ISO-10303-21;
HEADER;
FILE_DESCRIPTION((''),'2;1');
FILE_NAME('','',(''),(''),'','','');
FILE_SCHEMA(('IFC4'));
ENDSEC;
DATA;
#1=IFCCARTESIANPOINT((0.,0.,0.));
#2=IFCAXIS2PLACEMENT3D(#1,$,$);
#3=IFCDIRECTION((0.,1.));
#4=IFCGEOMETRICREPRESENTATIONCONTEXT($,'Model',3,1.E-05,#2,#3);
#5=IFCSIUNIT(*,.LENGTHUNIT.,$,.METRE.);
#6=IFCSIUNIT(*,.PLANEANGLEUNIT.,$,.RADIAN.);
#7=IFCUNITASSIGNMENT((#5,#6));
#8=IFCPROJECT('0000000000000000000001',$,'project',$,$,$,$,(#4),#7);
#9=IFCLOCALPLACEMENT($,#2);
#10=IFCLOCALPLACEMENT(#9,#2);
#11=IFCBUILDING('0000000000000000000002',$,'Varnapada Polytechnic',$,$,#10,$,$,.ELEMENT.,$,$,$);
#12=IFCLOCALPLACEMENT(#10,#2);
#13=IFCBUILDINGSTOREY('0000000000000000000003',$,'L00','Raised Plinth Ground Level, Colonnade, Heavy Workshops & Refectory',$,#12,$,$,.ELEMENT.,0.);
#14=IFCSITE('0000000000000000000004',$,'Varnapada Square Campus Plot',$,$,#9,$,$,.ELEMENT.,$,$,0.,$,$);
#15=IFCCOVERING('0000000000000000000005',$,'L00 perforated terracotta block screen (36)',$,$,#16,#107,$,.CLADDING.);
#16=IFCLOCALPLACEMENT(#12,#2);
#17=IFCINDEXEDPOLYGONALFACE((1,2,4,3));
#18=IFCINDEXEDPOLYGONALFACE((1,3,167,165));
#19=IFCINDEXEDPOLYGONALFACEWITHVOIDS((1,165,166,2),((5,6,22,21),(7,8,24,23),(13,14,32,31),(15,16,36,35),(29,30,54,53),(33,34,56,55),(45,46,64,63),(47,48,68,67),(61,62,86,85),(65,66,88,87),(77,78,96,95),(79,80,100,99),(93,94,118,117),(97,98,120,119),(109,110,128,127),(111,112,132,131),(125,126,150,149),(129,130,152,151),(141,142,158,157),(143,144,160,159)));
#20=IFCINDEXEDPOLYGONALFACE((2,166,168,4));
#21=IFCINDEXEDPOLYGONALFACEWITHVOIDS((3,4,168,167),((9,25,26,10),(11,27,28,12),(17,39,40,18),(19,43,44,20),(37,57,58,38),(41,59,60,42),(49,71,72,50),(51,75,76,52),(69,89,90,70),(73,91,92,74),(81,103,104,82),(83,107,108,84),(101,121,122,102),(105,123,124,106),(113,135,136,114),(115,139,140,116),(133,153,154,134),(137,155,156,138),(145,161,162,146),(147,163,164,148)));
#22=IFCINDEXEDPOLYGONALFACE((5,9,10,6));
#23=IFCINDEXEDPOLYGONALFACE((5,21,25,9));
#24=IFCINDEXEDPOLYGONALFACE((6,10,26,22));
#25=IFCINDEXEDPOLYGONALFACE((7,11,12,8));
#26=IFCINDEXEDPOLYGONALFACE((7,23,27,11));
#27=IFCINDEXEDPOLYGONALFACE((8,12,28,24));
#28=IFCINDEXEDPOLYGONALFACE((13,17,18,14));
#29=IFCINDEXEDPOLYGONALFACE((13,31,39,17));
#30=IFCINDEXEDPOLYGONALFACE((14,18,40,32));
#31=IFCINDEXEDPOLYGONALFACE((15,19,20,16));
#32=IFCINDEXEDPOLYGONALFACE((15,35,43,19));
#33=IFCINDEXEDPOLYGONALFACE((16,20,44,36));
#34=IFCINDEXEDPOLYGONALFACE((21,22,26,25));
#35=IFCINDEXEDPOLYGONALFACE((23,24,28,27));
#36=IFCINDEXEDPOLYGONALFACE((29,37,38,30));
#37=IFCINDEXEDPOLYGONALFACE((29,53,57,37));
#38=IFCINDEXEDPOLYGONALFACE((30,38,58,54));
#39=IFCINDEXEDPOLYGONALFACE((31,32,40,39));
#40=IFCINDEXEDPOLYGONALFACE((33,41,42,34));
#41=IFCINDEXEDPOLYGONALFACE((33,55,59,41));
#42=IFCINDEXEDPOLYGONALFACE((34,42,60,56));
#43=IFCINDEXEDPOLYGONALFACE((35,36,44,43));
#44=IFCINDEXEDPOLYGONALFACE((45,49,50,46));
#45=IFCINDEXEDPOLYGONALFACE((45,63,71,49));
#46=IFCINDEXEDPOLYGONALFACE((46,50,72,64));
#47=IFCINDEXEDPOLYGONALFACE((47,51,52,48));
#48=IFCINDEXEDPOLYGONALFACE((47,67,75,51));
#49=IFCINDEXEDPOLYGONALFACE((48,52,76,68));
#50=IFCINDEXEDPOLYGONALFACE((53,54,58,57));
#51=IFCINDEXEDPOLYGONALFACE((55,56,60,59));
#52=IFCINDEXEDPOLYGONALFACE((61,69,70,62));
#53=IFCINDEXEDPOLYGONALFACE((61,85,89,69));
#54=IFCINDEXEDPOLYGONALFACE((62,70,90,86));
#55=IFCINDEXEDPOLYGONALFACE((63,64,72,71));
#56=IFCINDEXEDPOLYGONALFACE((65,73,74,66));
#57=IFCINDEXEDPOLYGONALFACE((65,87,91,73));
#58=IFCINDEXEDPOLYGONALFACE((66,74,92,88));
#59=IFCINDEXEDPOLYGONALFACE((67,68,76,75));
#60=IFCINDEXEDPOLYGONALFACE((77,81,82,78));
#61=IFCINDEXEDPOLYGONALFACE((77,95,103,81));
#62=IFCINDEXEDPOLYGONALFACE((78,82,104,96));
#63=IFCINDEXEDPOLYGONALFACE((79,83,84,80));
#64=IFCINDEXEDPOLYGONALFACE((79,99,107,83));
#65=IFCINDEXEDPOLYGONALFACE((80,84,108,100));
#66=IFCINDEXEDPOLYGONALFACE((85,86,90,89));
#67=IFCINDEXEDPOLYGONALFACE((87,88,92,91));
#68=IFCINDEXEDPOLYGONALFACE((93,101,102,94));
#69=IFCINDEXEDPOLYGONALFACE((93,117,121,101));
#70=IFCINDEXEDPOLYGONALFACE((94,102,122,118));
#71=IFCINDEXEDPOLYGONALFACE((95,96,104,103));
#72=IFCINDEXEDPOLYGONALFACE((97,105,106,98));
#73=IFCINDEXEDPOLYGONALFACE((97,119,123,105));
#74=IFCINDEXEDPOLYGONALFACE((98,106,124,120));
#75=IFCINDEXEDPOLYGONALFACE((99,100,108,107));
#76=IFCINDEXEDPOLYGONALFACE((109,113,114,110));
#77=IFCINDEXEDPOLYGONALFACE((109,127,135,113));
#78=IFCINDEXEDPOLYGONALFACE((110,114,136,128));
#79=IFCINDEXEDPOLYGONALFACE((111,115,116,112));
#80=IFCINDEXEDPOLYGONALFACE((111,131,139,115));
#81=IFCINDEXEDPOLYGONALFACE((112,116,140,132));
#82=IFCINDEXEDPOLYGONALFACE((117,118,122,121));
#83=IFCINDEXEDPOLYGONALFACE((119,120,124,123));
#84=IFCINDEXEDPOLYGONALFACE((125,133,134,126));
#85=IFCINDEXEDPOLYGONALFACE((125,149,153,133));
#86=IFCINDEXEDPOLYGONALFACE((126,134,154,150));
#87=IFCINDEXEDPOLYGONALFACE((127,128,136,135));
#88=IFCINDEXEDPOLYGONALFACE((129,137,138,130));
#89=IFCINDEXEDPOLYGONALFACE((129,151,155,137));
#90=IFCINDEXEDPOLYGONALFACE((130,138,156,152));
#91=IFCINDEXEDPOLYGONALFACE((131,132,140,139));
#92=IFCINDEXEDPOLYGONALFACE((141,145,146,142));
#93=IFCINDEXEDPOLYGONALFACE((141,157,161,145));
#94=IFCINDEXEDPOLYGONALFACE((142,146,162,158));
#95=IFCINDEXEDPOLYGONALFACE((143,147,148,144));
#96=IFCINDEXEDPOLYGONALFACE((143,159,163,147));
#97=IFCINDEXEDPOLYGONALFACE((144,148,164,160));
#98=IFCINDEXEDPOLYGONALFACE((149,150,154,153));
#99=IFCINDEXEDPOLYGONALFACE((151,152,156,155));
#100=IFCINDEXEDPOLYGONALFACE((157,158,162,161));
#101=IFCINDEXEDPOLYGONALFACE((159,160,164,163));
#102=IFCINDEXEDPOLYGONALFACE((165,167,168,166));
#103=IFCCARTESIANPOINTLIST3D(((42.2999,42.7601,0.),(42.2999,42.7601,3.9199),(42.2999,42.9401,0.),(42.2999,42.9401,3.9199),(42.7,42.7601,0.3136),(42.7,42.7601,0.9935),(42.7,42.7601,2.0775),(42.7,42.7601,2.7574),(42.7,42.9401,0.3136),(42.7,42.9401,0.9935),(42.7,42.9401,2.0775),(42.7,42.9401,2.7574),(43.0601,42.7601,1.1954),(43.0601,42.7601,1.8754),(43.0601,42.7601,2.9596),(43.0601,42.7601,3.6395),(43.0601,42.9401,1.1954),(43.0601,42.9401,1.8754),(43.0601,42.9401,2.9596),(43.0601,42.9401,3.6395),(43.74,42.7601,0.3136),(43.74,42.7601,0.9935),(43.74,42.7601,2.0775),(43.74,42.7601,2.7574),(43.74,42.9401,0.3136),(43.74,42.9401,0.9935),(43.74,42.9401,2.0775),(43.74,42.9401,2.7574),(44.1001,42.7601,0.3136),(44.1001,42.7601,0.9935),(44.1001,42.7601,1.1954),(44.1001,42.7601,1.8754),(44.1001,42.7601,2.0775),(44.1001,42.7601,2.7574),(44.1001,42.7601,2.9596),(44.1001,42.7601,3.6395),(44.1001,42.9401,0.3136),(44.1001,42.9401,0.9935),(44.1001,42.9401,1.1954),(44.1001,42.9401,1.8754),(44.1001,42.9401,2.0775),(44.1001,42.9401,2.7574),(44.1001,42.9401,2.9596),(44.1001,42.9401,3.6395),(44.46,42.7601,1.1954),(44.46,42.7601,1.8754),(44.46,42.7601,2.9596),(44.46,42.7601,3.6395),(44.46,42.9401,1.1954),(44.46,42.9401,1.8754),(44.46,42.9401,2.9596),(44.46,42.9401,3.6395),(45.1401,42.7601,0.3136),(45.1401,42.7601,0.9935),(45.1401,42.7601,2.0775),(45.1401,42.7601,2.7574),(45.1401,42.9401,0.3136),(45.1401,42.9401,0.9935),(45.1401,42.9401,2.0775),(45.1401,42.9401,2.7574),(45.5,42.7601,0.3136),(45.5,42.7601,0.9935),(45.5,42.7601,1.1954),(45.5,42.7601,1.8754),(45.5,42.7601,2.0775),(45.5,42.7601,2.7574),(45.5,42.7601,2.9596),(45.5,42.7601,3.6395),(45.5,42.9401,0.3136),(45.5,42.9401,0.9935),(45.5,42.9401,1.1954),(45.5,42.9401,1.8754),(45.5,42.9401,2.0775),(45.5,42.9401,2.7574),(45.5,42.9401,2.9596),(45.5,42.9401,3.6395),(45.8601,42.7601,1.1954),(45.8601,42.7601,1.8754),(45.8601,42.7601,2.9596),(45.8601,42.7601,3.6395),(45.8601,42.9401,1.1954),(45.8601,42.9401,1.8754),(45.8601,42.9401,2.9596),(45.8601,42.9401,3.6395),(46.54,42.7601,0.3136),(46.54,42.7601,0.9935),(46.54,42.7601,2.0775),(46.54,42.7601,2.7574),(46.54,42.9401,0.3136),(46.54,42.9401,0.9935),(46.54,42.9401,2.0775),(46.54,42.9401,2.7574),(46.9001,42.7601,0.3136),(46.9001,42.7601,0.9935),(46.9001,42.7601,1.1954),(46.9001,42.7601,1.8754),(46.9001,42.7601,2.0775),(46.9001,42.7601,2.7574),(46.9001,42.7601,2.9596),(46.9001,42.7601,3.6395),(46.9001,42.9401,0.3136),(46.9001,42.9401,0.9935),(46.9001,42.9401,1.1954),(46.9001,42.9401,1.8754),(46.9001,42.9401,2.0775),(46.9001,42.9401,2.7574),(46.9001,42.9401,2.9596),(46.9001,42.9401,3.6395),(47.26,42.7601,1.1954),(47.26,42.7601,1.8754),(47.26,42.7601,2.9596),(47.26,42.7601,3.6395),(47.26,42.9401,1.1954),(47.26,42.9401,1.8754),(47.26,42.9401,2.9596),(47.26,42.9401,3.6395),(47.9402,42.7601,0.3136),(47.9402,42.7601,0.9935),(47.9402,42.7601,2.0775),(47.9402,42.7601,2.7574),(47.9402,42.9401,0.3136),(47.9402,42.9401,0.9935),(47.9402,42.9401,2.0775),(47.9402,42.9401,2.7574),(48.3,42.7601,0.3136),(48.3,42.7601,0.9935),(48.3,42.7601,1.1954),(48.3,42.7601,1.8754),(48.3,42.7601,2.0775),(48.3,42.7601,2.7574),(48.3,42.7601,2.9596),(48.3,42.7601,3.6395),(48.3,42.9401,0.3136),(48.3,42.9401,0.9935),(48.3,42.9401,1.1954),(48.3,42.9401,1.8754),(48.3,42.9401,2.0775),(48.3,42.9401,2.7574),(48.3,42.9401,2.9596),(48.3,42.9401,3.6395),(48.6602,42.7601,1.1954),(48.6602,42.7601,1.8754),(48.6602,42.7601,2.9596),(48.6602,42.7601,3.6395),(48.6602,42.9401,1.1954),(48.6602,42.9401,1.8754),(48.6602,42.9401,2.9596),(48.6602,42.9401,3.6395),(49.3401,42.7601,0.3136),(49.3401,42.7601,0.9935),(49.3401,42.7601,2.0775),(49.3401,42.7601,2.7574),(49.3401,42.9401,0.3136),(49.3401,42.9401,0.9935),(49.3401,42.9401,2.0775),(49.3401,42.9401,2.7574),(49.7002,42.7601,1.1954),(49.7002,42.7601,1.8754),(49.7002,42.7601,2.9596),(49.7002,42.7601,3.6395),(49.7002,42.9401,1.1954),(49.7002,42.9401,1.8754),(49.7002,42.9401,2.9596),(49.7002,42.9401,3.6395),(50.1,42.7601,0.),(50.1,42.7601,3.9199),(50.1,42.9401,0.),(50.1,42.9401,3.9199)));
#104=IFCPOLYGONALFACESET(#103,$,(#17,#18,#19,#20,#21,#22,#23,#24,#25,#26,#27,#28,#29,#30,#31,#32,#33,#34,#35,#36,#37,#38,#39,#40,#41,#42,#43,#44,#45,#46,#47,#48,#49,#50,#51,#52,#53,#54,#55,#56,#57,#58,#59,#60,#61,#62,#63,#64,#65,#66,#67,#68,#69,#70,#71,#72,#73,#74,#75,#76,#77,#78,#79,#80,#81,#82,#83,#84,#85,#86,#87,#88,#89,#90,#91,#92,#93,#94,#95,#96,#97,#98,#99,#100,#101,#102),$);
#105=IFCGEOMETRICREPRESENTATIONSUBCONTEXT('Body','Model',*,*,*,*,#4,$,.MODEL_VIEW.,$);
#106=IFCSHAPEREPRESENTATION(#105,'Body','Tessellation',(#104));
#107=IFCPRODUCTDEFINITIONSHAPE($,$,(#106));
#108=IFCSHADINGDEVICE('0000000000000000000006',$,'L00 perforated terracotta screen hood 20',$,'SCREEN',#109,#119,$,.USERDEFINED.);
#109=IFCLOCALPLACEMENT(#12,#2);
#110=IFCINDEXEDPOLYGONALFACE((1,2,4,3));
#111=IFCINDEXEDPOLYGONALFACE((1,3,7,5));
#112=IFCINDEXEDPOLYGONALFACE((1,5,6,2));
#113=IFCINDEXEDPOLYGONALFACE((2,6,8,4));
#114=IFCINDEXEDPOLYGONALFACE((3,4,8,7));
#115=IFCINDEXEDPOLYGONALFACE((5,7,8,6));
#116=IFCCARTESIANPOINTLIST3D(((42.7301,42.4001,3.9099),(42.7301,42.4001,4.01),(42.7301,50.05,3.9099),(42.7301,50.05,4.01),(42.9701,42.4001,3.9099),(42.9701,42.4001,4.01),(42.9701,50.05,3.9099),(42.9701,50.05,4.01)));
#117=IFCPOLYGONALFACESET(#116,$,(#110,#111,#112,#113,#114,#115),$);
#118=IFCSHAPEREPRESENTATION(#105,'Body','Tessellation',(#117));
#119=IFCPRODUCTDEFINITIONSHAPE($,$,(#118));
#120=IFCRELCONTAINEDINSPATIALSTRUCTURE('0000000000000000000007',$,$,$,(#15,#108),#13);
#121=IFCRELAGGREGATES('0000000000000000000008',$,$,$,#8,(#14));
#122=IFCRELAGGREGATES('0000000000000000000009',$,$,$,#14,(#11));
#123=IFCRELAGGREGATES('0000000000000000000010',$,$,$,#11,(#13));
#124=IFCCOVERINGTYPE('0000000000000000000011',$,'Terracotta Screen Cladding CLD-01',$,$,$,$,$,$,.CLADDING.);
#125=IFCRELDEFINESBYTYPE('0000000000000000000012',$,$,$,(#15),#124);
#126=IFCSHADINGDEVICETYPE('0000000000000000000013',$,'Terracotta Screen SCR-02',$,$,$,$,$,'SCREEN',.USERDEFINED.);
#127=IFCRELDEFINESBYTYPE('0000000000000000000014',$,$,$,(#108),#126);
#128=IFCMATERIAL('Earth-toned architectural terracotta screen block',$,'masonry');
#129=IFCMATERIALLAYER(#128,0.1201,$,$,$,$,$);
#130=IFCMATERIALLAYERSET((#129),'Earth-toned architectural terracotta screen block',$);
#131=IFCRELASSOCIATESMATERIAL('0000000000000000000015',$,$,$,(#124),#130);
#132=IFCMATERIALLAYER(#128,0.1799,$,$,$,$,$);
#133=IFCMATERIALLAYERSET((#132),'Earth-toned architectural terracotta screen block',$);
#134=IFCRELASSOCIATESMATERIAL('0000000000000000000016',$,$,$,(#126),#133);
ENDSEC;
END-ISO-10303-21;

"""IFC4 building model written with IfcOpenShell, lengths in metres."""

from ifc_helpers import new_model, si_unit, direction, frame, frame_2d, origin, origin_2d, place, context, subcontext, project, spatial, rectangle, extrude, material, layer, layer_set, type_object, element, save


model = new_model("IFC4")

# Units and contexts
model_context = context("Model", 3, precision=1e-05, world=origin(), true_north=direction((0.0, 1.0)))
body_context = subcontext(model_context, "Body", "Model", "MODEL_VIEW")
ifc_project = project(units=[si_unit("LENGTHUNIT", "METRE"), si_unit("PLANEANGLEUNIT", "RADIAN")], contexts=[model_context])

# Site, building, storey
site_placement = place(None, origin())
site = spatial("IfcSite", under=ifc_project, at=site_placement, Name="Varnapada Square Campus Plot", CompositionType="ELEMENT", RefElevation=0.0)
building_placement = place(site_placement, origin())
building = spatial("IfcBuilding", under=site, at=building_placement, Name="Varnapada Polytechnic", CompositionType="ELEMENT")
storey_placement = place(building_placement, origin())
storey = spatial("IfcBuildingStorey", under=building, at=storey_placement, Name="L00", Description="Raised Plinth Ground Level, Colonnade, Heavy Workshops & Refectory", CompositionType="ELEMENT", Elevation=0.0)

# Covering, openings
ifc_material_1 = material(Name="Earth-toned architectural terracotta screen block", Category="masonry")
ifc_layer_1 = layer(ifc_material_1, 0.1201)
ifc_layer_set_1 = layer_set([ifc_layer_1], Name="Earth-toned architectural terracotta screen block")
covering_type = type_object("IfcCoveringType", Name="Terracotta Screen Cladding CLD-01", PredefinedType="CLADDING", material=ifc_layer_set_1)
covering_placement = place(storey_placement, frame((42.3, 42.8501, 0.0), z_axis=(0.0, 0.0, 1.0), x_axis=(1.0, 0.0, 0.0)))
covering = element("IfcCovering", 1, at=covering_placement, inside=storey, type_object=covering_type, Name="L00 perforated terracotta block screen (36)", PredefinedType="CLADDING", context=body_context, shape_type="SweptSolid", body=[
    extrude(rectangle(XDim=7.8, YDim=0.1799, at=frame_2d((3.8999, 0.0))), origin(), (0.0, 0.0, 1.0), 3.9199),
])
opening_1_placement = place(covering_placement, frame((0.3999, 0.0, 0.3137)))
element("IfcOpeningElement", 2, at=opening_1_placement, cuts=covering, PredefinedType="OPENING", context=body_context, shape_type="SweptSolid", body=[
    extrude(rectangle(XDim=1.04, YDim=0.6799, at=frame_2d((0.52, 0.3398))), frame((0.0, 0.0999, 0.0), z_axis=(0.0, -1.0, 0.0), x_axis=(1.0, 0.0, 0.0)), (0.0, 0.0, 1.0), 0.2),
])
opening_2_placement = place(covering_placement, frame((1.8, 0.0, 0.3137)))
element("IfcOpeningElement", 3, at=opening_2_placement, cuts=covering, PredefinedType="OPENING", context=body_context, shape_type="SweptSolid", body=[
    extrude(rectangle(XDim=1.04, YDim=0.6799, at=frame_2d((0.52, 0.3398))), frame((0.0, 0.0999, 0.0), z_axis=(0.0, -1.0, 0.0), x_axis=(1.0, 0.0, 0.0)), (0.0, 0.0, 1.0), 0.2),
])
opening_3_placement = place(covering_placement, frame((3.2, 0.0, 0.3137)))
element("IfcOpeningElement", 4, at=opening_3_placement, cuts=covering, PredefinedType="OPENING", context=body_context, shape_type="SweptSolid", body=[
    extrude(rectangle(XDim=1.04, YDim=0.6799, at=frame_2d((0.52, 0.3398))), frame((0.0, 0.0999, 0.0), z_axis=(0.0, -1.0, 0.0), x_axis=(1.0, 0.0, 0.0)), (0.0, 0.0, 1.0), 0.2),
])
opening_4_placement = place(covering_placement, frame((4.6001, 0.0, 0.3137)))
element("IfcOpeningElement", 5, at=opening_4_placement, cuts=covering, PredefinedType="OPENING", context=body_context, shape_type="SweptSolid", body=[
    extrude(rectangle(XDim=1.04, YDim=0.6799, at=frame_2d((0.52, 0.3398))), frame((0.0, 0.0999, 0.0), z_axis=(0.0, -1.0, 0.0), x_axis=(1.0, 0.0, 0.0)), (0.0, 0.0, 1.0), 0.2),
])
opening_5_placement = place(covering_placement, frame((6.0, 0.0, 0.3137)))
element("IfcOpeningElement", 6, at=opening_5_placement, cuts=covering, PredefinedType="OPENING", context=body_context, shape_type="SweptSolid", body=[
    extrude(rectangle(XDim=1.04, YDim=0.6799, at=frame_2d((0.52, 0.3398))), frame((0.0, 0.0999, 0.0), z_axis=(0.0, -1.0, 0.0), x_axis=(1.0, 0.0, 0.0)), (0.0, 0.0, 1.0), 0.2),
])
opening_6_placement = place(covering_placement, frame((0.76, 0.0, 1.1956)))
element("IfcOpeningElement", 7, at=opening_6_placement, cuts=covering, PredefinedType="OPENING", context=body_context, shape_type="SweptSolid", body=[
    extrude(rectangle(XDim=1.04, YDim=0.6799, at=frame_2d((0.52, 0.3398))), frame((0.0, 0.0999, 0.0), z_axis=(0.0, -1.0, 0.0), x_axis=(1.0, 0.0, 0.0)), (0.0, 0.0, 1.0), 0.2),
])
opening_7_placement = place(covering_placement, frame((2.1599, 0.0, 1.1956)))
element("IfcOpeningElement", 8, at=opening_7_placement, cuts=covering, PredefinedType="OPENING", context=body_context, shape_type="SweptSolid", body=[
    extrude(rectangle(XDim=1.04, YDim=0.6799, at=frame_2d((0.52, 0.3398))), frame((0.0, 0.0999, 0.0), z_axis=(0.0, -1.0, 0.0), x_axis=(1.0, 0.0, 0.0)), (0.0, 0.0, 1.0), 0.2),
])
opening_8_placement = place(covering_placement, frame((3.5601, 0.0, 1.1956)))
element("IfcOpeningElement", 9, at=opening_8_placement, cuts=covering, PredefinedType="OPENING", context=body_context, shape_type="SweptSolid", body=[
    extrude(rectangle(XDim=1.04, YDim=0.6799, at=frame_2d((0.52, 0.3398))), frame((0.0, 0.0999, 0.0), z_axis=(0.0, -1.0, 0.0), x_axis=(1.0, 0.0, 0.0)), (0.0, 0.0, 1.0), 0.2),
])
opening_9_placement = place(covering_placement, frame((4.96, 0.0, 1.1956)))
element("IfcOpeningElement", 10, at=opening_9_placement, cuts=covering, PredefinedType="OPENING", context=body_context, shape_type="SweptSolid", body=[
    extrude(rectangle(XDim=1.04, YDim=0.6799, at=frame_2d((0.52, 0.3398))), frame((0.0, 0.0999, 0.0), z_axis=(0.0, -1.0, 0.0), x_axis=(1.0, 0.0, 0.0)), (0.0, 0.0, 1.0), 0.2),
])
opening_10_placement = place(covering_placement, frame((6.3601, 0.0, 1.1956)))
element("IfcOpeningElement", 11, at=opening_10_placement, cuts=covering, PredefinedType="OPENING", context=body_context, shape_type="SweptSolid", body=[
    extrude(rectangle(XDim=1.04, YDim=0.6799, at=frame_2d((0.52, 0.3398))), frame((0.0, 0.0999, 0.0), z_axis=(0.0, -1.0, 0.0), x_axis=(1.0, 0.0, 0.0)), (0.0, 0.0, 1.0), 0.2),
])
opening_11_placement = place(covering_placement, frame((0.3999, 0.0, 2.0776)))
element("IfcOpeningElement", 12, at=opening_11_placement, cuts=covering, PredefinedType="OPENING", context=body_context, shape_type="SweptSolid", body=[
    extrude(rectangle(XDim=1.04, YDim=0.6799, at=frame_2d((0.52, 0.3398))), frame((0.0, 0.0999, 0.0), z_axis=(0.0, -1.0, 0.0), x_axis=(1.0, 0.0, 0.0)), (0.0, 0.0, 1.0), 0.2),
])
opening_12_placement = place(covering_placement, frame((1.8, 0.0, 2.0776)))
element("IfcOpeningElement", 13, at=opening_12_placement, cuts=covering, PredefinedType="OPENING", context=body_context, shape_type="SweptSolid", body=[
    extrude(rectangle(XDim=1.04, YDim=0.6799, at=frame_2d((0.52, 0.3398))), frame((0.0, 0.0999, 0.0), z_axis=(0.0, -1.0, 0.0), x_axis=(1.0, 0.0, 0.0)), (0.0, 0.0, 1.0), 0.2),
])
opening_13_placement = place(covering_placement, frame((3.2, 0.0, 2.0776)))
element("IfcOpeningElement", 14, at=opening_13_placement, cuts=covering, PredefinedType="OPENING", context=body_context, shape_type="SweptSolid", body=[
    extrude(rectangle(XDim=1.04, YDim=0.6799, at=frame_2d((0.52, 0.3398))), frame((0.0, 0.0999, 0.0), z_axis=(0.0, -1.0, 0.0), x_axis=(1.0, 0.0, 0.0)), (0.0, 0.0, 1.0), 0.2),
])
opening_14_placement = place(covering_placement, frame((4.6001, 0.0, 2.0776)))
element("IfcOpeningElement", 15, at=opening_14_placement, cuts=covering, PredefinedType="OPENING", context=body_context, shape_type="SweptSolid", body=[
    extrude(rectangle(XDim=1.04, YDim=0.6799, at=frame_2d((0.52, 0.3398))), frame((0.0, 0.0999, 0.0), z_axis=(0.0, -1.0, 0.0), x_axis=(1.0, 0.0, 0.0)), (0.0, 0.0, 1.0), 0.2),
])
opening_15_placement = place(covering_placement, frame((6.0, 0.0, 2.0776)))
element("IfcOpeningElement", 16, at=opening_15_placement, cuts=covering, PredefinedType="OPENING", context=body_context, shape_type="SweptSolid", body=[
    extrude(rectangle(XDim=1.04, YDim=0.6799, at=frame_2d((0.52, 0.3398))), frame((0.0, 0.0999, 0.0), z_axis=(0.0, -1.0, 0.0), x_axis=(1.0, 0.0, 0.0)), (0.0, 0.0, 1.0), 0.2),
])
opening_16_placement = place(covering_placement, frame((0.76, 0.0, 2.9597)))
element("IfcOpeningElement", 17, at=opening_16_placement, cuts=covering, PredefinedType="OPENING", context=body_context, shape_type="SweptSolid", body=[
    extrude(rectangle(XDim=1.04, YDim=0.6799, at=frame_2d((0.52, 0.3398))), frame((0.0, 0.0999, 0.0), z_axis=(0.0, -1.0, 0.0), x_axis=(1.0, 0.0, 0.0)), (0.0, 0.0, 1.0), 0.2),
])
opening_17_placement = place(covering_placement, frame((2.1599, 0.0, 2.9597)))
element("IfcOpeningElement", 18, at=opening_17_placement, cuts=covering, PredefinedType="OPENING", context=body_context, shape_type="SweptSolid", body=[
    extrude(rectangle(XDim=1.04, YDim=0.6799, at=frame_2d((0.52, 0.3398))), frame((0.0, 0.0999, 0.0), z_axis=(0.0, -1.0, 0.0), x_axis=(1.0, 0.0, 0.0)), (0.0, 0.0, 1.0), 0.2),
])
opening_18_placement = place(covering_placement, frame((3.5601, 0.0, 2.9597)))
element("IfcOpeningElement", 19, at=opening_18_placement, cuts=covering, PredefinedType="OPENING", context=body_context, shape_type="SweptSolid", body=[
    extrude(rectangle(XDim=1.04, YDim=0.6799, at=frame_2d((0.52, 0.3398))), frame((0.0, 0.0999, 0.0), z_axis=(0.0, -1.0, 0.0), x_axis=(1.0, 0.0, 0.0)), (0.0, 0.0, 1.0), 0.2),
])
opening_19_placement = place(covering_placement, frame((4.96, 0.0, 2.9597)))
element("IfcOpeningElement", 20, at=opening_19_placement, cuts=covering, PredefinedType="OPENING", context=body_context, shape_type="SweptSolid", body=[
    extrude(rectangle(XDim=1.04, YDim=0.6799, at=frame_2d((0.52, 0.3398))), frame((0.0, 0.0999, 0.0), z_axis=(0.0, -1.0, 0.0), x_axis=(1.0, 0.0, 0.0)), (0.0, 0.0, 1.0), 0.2),
])
opening_20_placement = place(covering_placement, frame((6.3601, 0.0, 2.9597)))
element("IfcOpeningElement", 21, at=opening_20_placement, cuts=covering, PredefinedType="OPENING", context=body_context, shape_type="SweptSolid", body=[
    extrude(rectangle(XDim=1.04, YDim=0.6799, at=frame_2d((0.52, 0.3398))), frame((0.0, 0.0999, 0.0), z_axis=(0.0, -1.0, 0.0), x_axis=(1.0, 0.0, 0.0)), (0.0, 0.0, 1.0), 0.2),
])

# Shading device
ifc_layer_2 = layer(ifc_material_1, 0.1799)
ifc_layer_set_2 = layer_set([ifc_layer_2], Name="Earth-toned architectural terracotta screen block")
shading_device_type = type_object("IfcShadingDeviceType", Name="Terracotta Screen SCR-02", ElementType="SCREEN", PredefinedType="USERDEFINED", material=ifc_layer_set_2)
shading_device_placement = place(storey_placement, frame((42.8501, 46.2251, 3.9099), z_axis=(0.0, 0.0, 1.0), x_axis=(0.0, -1.0, 0.0)))
element("IfcShadingDevice", 22, at=shading_device_placement, inside=storey, type_object=shading_device_type, Name="L00 perforated terracotta screen hood 20", ObjectType="SCREEN", PredefinedType="USERDEFINED", context=body_context, shape_type="SweptSolid", body=[
    extrude(rectangle(XDim=7.6499, YDim=0.24, at=origin_2d()), origin(), (0.0, 0.0, 1.0), 0.1001),
])

save(model, "model.ifc")
